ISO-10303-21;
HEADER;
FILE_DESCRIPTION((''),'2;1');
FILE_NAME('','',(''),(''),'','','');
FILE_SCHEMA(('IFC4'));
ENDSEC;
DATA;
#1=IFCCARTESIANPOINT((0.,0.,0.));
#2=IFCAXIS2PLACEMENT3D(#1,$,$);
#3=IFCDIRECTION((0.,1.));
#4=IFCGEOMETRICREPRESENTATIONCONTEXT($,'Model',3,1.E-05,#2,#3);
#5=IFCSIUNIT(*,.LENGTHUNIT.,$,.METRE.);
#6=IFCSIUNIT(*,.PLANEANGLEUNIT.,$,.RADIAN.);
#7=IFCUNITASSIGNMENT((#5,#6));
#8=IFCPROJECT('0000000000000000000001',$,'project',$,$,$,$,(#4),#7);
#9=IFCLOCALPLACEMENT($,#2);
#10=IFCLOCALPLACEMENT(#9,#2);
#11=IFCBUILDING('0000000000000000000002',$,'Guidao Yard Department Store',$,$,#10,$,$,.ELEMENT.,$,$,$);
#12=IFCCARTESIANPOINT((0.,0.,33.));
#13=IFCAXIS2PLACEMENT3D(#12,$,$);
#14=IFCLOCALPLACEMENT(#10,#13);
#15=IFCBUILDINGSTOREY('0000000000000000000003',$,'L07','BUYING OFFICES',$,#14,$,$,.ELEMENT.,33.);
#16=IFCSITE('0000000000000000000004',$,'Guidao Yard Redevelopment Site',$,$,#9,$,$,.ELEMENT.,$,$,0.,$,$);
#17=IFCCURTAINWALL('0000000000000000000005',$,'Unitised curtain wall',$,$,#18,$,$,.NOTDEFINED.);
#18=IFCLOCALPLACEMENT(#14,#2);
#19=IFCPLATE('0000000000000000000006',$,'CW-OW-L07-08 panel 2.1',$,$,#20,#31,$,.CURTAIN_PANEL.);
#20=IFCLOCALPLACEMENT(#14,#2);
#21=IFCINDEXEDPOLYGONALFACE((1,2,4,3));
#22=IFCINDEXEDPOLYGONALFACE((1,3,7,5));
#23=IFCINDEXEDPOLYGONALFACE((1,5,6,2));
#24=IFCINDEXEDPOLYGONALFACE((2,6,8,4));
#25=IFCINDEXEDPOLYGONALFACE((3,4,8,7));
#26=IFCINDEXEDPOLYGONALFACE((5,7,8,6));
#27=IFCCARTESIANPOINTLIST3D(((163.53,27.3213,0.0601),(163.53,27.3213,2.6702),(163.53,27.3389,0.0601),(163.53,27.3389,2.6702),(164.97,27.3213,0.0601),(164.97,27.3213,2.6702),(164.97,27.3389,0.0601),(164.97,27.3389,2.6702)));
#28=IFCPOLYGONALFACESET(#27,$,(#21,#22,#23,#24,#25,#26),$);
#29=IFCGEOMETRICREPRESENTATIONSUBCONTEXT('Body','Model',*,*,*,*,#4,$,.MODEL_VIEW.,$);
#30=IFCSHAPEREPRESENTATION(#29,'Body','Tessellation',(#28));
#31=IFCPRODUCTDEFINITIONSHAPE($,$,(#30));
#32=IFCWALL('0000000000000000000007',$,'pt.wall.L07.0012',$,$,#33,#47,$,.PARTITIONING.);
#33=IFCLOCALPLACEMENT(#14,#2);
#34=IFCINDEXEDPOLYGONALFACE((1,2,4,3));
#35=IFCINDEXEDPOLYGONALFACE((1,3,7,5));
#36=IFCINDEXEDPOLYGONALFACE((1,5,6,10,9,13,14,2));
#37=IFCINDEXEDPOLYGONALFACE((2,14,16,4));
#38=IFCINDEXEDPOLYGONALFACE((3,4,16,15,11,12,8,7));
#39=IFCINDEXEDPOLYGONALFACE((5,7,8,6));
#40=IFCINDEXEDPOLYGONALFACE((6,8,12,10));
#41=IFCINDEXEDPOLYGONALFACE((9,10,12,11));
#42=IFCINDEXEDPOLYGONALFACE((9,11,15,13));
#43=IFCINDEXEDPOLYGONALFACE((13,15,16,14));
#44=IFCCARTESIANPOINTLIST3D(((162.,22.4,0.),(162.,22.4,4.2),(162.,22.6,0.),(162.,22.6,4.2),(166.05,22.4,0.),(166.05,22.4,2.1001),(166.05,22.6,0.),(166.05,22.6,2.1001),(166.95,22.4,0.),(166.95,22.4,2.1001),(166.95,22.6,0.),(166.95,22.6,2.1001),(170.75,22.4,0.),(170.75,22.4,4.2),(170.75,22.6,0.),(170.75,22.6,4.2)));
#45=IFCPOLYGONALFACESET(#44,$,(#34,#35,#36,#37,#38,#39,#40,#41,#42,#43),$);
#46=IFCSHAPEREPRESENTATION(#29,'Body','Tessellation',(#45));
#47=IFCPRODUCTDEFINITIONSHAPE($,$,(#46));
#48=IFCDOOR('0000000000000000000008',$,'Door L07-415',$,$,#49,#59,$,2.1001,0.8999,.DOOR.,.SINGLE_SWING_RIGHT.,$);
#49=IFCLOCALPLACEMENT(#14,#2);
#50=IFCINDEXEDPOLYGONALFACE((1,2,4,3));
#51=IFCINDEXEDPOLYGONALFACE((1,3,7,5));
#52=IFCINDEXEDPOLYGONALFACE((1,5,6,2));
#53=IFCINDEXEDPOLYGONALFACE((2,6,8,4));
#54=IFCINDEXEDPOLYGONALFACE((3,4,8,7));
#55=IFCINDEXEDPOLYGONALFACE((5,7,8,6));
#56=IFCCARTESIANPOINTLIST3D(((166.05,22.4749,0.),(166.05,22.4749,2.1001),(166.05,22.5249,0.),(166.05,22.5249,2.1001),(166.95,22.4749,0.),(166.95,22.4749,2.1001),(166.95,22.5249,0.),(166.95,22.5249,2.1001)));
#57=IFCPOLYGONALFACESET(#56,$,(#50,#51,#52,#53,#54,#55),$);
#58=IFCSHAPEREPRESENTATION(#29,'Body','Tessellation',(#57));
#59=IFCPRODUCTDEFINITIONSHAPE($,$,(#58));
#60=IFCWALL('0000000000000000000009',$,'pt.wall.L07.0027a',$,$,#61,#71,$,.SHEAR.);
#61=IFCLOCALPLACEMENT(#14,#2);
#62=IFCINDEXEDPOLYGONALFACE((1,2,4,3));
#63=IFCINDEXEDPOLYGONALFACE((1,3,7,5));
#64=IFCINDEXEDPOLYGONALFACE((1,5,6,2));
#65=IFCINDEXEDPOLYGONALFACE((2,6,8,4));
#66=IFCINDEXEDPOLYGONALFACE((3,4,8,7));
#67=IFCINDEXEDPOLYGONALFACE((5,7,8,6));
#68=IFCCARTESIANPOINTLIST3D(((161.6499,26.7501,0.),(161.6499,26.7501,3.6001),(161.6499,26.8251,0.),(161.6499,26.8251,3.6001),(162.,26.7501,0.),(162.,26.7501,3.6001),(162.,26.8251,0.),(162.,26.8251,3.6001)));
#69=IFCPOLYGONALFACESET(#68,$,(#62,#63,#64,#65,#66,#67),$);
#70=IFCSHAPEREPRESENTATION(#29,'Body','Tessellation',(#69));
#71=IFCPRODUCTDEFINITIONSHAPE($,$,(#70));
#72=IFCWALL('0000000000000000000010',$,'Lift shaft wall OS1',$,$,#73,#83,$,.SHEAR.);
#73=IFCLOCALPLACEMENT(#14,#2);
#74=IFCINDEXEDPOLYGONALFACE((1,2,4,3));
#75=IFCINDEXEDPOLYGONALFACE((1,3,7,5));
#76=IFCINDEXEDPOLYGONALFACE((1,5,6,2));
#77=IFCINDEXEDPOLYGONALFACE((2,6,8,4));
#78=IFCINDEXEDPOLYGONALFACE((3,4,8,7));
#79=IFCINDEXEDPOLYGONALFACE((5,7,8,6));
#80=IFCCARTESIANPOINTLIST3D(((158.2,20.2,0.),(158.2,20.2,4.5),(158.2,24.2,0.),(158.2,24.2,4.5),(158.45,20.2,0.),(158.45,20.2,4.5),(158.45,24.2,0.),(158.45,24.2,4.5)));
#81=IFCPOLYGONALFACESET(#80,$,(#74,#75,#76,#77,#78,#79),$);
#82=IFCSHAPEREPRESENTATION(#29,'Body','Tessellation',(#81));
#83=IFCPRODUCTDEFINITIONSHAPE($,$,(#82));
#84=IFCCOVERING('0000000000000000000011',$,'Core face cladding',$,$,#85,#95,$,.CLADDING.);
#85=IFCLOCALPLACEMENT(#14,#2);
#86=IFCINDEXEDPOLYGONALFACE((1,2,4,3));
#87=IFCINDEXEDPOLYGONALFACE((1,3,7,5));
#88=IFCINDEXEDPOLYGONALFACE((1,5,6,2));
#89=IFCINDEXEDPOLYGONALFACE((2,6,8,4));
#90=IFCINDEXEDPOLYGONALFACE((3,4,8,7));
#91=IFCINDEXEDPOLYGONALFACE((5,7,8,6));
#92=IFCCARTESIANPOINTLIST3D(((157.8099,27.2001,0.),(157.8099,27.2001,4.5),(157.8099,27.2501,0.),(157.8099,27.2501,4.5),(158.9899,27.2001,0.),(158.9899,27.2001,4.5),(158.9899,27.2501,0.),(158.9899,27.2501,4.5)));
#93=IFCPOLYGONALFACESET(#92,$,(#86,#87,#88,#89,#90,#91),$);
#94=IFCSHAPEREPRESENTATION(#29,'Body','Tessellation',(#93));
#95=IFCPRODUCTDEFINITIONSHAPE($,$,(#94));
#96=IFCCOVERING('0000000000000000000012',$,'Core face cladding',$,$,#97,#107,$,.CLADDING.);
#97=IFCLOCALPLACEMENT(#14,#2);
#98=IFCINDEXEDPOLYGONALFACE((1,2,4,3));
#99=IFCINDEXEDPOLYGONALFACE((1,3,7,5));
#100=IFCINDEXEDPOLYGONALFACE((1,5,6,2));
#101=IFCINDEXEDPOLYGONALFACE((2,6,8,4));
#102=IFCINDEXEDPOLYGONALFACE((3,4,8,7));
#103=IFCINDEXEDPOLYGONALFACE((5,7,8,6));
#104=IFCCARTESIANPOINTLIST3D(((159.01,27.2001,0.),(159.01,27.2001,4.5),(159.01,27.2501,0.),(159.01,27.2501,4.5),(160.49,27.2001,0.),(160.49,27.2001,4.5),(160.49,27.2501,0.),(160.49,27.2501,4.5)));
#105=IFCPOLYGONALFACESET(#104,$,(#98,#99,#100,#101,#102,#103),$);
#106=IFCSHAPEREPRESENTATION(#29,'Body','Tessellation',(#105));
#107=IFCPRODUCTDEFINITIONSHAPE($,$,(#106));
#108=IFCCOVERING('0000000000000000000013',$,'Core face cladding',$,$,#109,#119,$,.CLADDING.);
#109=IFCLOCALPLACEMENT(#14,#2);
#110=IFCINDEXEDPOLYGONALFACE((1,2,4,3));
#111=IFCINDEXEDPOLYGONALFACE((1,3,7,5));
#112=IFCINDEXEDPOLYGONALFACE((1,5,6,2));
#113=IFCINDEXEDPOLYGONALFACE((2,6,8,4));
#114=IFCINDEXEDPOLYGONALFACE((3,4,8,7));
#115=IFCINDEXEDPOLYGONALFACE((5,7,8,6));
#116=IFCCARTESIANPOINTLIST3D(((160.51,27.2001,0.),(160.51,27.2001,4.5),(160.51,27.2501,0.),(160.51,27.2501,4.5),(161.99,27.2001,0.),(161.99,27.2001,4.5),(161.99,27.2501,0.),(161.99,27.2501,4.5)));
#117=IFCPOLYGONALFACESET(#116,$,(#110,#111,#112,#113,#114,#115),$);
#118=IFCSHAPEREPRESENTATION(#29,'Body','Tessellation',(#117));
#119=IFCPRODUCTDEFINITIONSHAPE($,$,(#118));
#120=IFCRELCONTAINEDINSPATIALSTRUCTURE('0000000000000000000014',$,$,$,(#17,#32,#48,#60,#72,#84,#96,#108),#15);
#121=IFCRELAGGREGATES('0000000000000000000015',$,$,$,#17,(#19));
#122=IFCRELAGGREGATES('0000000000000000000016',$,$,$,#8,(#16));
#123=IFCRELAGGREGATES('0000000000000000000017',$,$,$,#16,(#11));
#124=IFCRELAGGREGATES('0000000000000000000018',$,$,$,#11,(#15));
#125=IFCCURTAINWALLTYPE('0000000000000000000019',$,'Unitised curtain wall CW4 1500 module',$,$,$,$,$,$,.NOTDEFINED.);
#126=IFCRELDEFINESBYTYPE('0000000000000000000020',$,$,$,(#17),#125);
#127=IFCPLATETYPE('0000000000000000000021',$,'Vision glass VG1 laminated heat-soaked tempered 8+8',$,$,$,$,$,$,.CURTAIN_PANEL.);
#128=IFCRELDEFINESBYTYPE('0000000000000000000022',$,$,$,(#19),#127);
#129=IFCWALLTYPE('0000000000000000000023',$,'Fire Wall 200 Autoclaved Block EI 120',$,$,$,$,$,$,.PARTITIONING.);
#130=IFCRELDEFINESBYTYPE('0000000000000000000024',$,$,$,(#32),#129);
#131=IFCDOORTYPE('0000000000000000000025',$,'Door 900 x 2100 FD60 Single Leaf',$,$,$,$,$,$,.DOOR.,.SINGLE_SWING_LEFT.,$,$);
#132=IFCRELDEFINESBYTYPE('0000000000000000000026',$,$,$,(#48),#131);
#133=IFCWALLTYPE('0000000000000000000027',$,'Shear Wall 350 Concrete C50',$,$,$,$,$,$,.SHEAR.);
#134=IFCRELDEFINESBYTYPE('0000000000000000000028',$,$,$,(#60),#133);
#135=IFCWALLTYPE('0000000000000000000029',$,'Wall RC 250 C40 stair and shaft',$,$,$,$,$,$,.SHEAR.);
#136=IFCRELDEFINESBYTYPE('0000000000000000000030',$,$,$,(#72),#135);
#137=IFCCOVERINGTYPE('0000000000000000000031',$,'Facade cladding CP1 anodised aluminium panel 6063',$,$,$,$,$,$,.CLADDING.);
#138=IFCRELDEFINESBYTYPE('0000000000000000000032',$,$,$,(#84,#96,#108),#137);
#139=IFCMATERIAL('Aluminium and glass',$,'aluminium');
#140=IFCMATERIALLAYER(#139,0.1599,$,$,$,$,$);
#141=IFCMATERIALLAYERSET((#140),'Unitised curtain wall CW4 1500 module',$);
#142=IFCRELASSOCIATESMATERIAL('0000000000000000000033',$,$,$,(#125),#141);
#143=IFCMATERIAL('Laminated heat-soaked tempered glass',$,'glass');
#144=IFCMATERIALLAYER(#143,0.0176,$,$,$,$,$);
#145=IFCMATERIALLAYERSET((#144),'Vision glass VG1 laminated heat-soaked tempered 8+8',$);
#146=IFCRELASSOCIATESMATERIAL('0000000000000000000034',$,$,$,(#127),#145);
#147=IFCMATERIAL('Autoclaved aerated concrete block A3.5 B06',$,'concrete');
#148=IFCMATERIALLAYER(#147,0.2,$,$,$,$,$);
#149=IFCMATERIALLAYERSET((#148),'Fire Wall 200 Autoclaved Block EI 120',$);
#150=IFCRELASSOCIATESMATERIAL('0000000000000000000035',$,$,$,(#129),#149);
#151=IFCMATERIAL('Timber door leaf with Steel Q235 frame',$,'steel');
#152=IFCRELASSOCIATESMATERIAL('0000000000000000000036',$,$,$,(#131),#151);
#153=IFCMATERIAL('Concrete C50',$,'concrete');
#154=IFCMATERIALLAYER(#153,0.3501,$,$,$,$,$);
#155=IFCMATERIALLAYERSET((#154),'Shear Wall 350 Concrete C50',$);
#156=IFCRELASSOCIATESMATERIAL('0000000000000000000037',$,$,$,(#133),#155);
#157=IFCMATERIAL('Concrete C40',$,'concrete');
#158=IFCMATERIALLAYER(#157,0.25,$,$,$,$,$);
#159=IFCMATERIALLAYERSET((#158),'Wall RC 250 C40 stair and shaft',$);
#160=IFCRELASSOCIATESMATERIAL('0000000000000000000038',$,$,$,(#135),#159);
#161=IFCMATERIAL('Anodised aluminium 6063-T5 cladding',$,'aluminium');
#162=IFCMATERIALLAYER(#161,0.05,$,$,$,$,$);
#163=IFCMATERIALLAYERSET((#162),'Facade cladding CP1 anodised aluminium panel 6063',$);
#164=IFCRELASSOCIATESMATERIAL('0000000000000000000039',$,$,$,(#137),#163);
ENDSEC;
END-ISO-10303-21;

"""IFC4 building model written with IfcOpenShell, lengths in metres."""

from ifc_helpers import new_model, si_unit, direction, frame, frame_2d, origin, origin_2d, place, context, subcontext, project, spatial, rectangle, extrude, material, layer, layer_set, type_object, element, fill, aggregate, save


model = new_model("IFC4")

# Units and contexts
model_context = context("Model", 3, precision=1e-05, world=origin(), true_north=direction((0.0, 1.0)))
body_context = subcontext(model_context, "Body", "Model", "MODEL_VIEW")
ifc_project = project(units=[si_unit("LENGTHUNIT", "METRE"), si_unit("PLANEANGLEUNIT", "RADIAN")], contexts=[model_context])

# Site, building, storey
site_placement = place(None, origin())
site = spatial("IfcSite", under=ifc_project, at=site_placement, Name="Guidao Yard Redevelopment Site", CompositionType="ELEMENT", RefElevation=0.0)
building_placement = place(site_placement, origin())
building = spatial("IfcBuilding", under=site, at=building_placement, Name="Guidao Yard Department Store", CompositionType="ELEMENT")
storey_placement = place(building_placement, frame((0.0, 0.0, 33.0)))
storey = spatial("IfcBuildingStorey", under=building, at=storey_placement, Name="L07", Description="BUYING OFFICES", CompositionType="ELEMENT", Elevation=33.0)

# Curtain wall
ifc_material_1 = material(Name="Aluminium and glass", Category="aluminium")
ifc_layer_1 = layer(ifc_material_1, 0.1599)
ifc_layer_set_1 = layer_set([ifc_layer_1], Name="Unitised curtain wall CW4 1500 module")
curtain_wall_type = type_object("IfcCurtainWallType", Name="Unitised curtain wall CW4 1500 module", PredefinedType="NOTDEFINED", material=ifc_layer_set_1)
curtain_wall_placement = place(storey_placement, origin())
curtain_wall = element("IfcCurtainWall", 1, at=curtain_wall_placement, inside=storey, type_object=curtain_wall_type, Name="Unitised curtain wall", PredefinedType="NOTDEFINED")

# Plate
ifc_material_2 = material(Name="Laminated heat-soaked tempered glass", Category="glass")
ifc_layer_2 = layer(ifc_material_2, 0.0176)
ifc_layer_set_2 = layer_set([ifc_layer_2], Name="Vision glass VG1 laminated heat-soaked tempered 8+8")
plate_type_1 = type_object("IfcPlateType", Name="Vision glass VG1 laminated heat-soaked tempered 8+8", PredefinedType="CURTAIN_PANEL", material=ifc_layer_set_2)
plate_1_placement = place(storey_placement, frame((164.25, 27.3301, 0.0601), z_axis=(0.0, 0.0, 1.0), x_axis=(1.0, 0.0, 0.0)))
plate_1 = element("IfcPlate", 2, at=plate_1_placement, type_object=plate_type_1, Name="CW-OW-L07-08 panel 2.1", PredefinedType="CURTAIN_PANEL", context=body_context, shape_type="SweptSolid", body=[
    extrude(rectangle(XDim=1.4399, YDim=0.0176, at=origin_2d()), origin(), (0.0, 0.0, 1.0), 2.6101),
])
aggregate(curtain_wall, [plate_1])

# Wall, opening, door
ifc_material_3 = material(Name="Autoclaved aerated concrete block A3.5 B06", Category="concrete")
ifc_layer_3 = layer(ifc_material_3, 0.2)
ifc_layer_set_3 = layer_set([ifc_layer_3], Name="Fire Wall 200 Autoclaved Block EI 120")
wall_type_1 = type_object("IfcWallType", Name="Fire Wall 200 Autoclaved Block EI 120", PredefinedType="PARTITIONING", material=ifc_layer_set_3)
wall_1_placement = place(storey_placement, frame((162.0, 22.5, 0.0), z_axis=(0.0, 0.0, 1.0), x_axis=(1.0, 0.0, 0.0)))
wall_1 = element("IfcWall", 3, at=wall_1_placement, inside=storey, type_object=wall_type_1, Name="pt.wall.L07.0012", PredefinedType="PARTITIONING", context=body_context, shape_type="SweptSolid", body=[
    extrude(rectangle(XDim=8.75, YDim=0.2, at=frame_2d((4.375, 0.0))), origin(), (0.0, 0.0, 1.0), 4.2),
])
opening_placement = place(wall_1_placement, frame((4.05, 0.0, 0.0)))
opening = element("IfcOpeningElement", 4, at=opening_placement, cuts=wall_1, PredefinedType="OPENING", context=body_context, shape_type="SweptSolid", body=[
    extrude(rectangle(XDim=0.8999, YDim=2.1001, at=frame_2d((0.45, 1.05))), frame((0.0, 0.1099, 0.0), z_axis=(0.0, -1.0, 0.0), x_axis=(1.0, 0.0, 0.0)), (0.0, 0.0, 1.0), 0.22),
])
ifc_material_4 = material(Name="Timber door leaf with Steel Q235 frame", Category="steel")
door_type = type_object("IfcDoorType", Name="Door 900 x 2100 FD60 Single Leaf", OperationType="SINGLE_SWING_LEFT", PredefinedType="DOOR", material=ifc_material_4)
door_placement = place(opening_placement, origin())
door = element("IfcDoor", 5, at=door_placement, inside=storey, type_object=door_type, Name="Door L07-415", OperationType="SINGLE_SWING_RIGHT", OverallHeight=2.1001, OverallWidth=0.8999, PredefinedType="DOOR", context=body_context, shape_type="SweptSolid", body=[
    extrude(rectangle(XDim=0.8999, YDim=2.1001, at=frame_2d((0.45, 1.05))), frame((0.0, 0.0249, 0.0), z_axis=(0.0, -1.0, 0.0), x_axis=(1.0, 0.0, 0.0)), (0.0, 0.0, 1.0), 0.05),
])
fill(opening, door)

# Walls
ifc_material_5 = material(Name="Concrete C50", Category="concrete")
ifc_layer_4 = layer(ifc_material_5, 0.3501)
ifc_layer_set_4 = layer_set([ifc_layer_4], Name="Shear Wall 350 Concrete C50")
wall_type_2 = type_object("IfcWallType", Name="Shear Wall 350 Concrete C50", PredefinedType="SHEAR", material=ifc_layer_set_4)
wall_2_placement = place(storey_placement, frame((161.825, 26.75, 0.0), z_axis=(0.0, 0.0, 1.0), x_axis=(0.0, 1.0, 0.0)))
element("IfcWall", 6, at=wall_2_placement, inside=storey, type_object=wall_type_2, Name="pt.wall.L07.0027a", PredefinedType="SHEAR", context=body_context, shape_type="SweptSolid", body=[
    extrude(rectangle(XDim=0.075, YDim=0.3501, at=frame_2d((0.0376, 0.0))), origin(), (0.0, 0.0, 1.0), 3.6001),
])
ifc_material_6 = material(Name="Concrete C40", Category="concrete")
ifc_layer_5 = layer(ifc_material_6, 0.25)
ifc_layer_set_5 = layer_set([ifc_layer_5], Name="Wall RC 250 C40 stair and shaft")
wall_type_3 = type_object("IfcWallType", Name="Wall RC 250 C40 stair and shaft", PredefinedType="SHEAR", material=ifc_layer_set_5)
wall_3_placement = place(storey_placement, frame((158.325, 20.2, 0.0), z_axis=(0.0, 0.0, 1.0), x_axis=(0.0, 1.0, 0.0)))
element("IfcWall", 7, at=wall_3_placement, inside=storey, type_object=wall_type_3, Name="Lift shaft wall OS1", PredefinedType="SHEAR", context=body_context, shape_type="SweptSolid", body=[
    extrude(rectangle(XDim=4.0, YDim=0.25, at=frame_2d((2.0, 0.0))), origin(), (0.0, 0.0, 1.0), 4.5),
])

# Coverings
ifc_material_7 = material(Name="Anodised aluminium 6063-T5 cladding", Category="aluminium")
ifc_layer_6 = layer(ifc_material_7, 0.05)
ifc_layer_set_6 = layer_set([ifc_layer_6], Name="Facade cladding CP1 anodised aluminium panel 6063")
covering_type = type_object("IfcCoveringType", Name="Facade cladding CP1 anodised aluminium panel 6063", PredefinedType="CLADDING", material=ifc_layer_set_6)
covering_placement = place(storey_placement, frame((158.3999, 27.2251, 0.0), z_axis=(0.0, 0.0, 1.0), x_axis=(1.0, 0.0, 0.0)))
element("IfcCovering", 8, at=covering_placement, inside=storey, type_object=covering_type, Name="Core face cladding", PredefinedType="CLADDING", context=body_context, shape_type="SweptSolid", body=[
    extrude(rectangle(XDim=1.1799, YDim=0.05, at=origin_2d()), origin(), (0.0, 0.0, 1.0), 4.5),
])
for number, where, z_axis, x_axis, name in (
    (9, (159.75, 27.2251, 0.0), (0.0, 0.0, 1.0), (1.0, 0.0, 0.0), "Core face cladding"),
    (10, (161.25, 27.2251, 0.0), (0.0, 0.0, 1.0), (1.0, 0.0, 0.0), "Core face cladding"),
):
    element("IfcCovering", number, at=place(storey_placement, frame(where, z_axis=z_axis, x_axis=x_axis)), inside=storey, type_object=covering_type, Name=name, PredefinedType="CLADDING", context=body_context, shape_type="SweptSolid", body=[
        extrude(rectangle(XDim=1.48, YDim=0.05, at=origin_2d()), origin(), (0.0, 0.0, 1.0), 4.5),
    ])

save(model, "model.ifc")
